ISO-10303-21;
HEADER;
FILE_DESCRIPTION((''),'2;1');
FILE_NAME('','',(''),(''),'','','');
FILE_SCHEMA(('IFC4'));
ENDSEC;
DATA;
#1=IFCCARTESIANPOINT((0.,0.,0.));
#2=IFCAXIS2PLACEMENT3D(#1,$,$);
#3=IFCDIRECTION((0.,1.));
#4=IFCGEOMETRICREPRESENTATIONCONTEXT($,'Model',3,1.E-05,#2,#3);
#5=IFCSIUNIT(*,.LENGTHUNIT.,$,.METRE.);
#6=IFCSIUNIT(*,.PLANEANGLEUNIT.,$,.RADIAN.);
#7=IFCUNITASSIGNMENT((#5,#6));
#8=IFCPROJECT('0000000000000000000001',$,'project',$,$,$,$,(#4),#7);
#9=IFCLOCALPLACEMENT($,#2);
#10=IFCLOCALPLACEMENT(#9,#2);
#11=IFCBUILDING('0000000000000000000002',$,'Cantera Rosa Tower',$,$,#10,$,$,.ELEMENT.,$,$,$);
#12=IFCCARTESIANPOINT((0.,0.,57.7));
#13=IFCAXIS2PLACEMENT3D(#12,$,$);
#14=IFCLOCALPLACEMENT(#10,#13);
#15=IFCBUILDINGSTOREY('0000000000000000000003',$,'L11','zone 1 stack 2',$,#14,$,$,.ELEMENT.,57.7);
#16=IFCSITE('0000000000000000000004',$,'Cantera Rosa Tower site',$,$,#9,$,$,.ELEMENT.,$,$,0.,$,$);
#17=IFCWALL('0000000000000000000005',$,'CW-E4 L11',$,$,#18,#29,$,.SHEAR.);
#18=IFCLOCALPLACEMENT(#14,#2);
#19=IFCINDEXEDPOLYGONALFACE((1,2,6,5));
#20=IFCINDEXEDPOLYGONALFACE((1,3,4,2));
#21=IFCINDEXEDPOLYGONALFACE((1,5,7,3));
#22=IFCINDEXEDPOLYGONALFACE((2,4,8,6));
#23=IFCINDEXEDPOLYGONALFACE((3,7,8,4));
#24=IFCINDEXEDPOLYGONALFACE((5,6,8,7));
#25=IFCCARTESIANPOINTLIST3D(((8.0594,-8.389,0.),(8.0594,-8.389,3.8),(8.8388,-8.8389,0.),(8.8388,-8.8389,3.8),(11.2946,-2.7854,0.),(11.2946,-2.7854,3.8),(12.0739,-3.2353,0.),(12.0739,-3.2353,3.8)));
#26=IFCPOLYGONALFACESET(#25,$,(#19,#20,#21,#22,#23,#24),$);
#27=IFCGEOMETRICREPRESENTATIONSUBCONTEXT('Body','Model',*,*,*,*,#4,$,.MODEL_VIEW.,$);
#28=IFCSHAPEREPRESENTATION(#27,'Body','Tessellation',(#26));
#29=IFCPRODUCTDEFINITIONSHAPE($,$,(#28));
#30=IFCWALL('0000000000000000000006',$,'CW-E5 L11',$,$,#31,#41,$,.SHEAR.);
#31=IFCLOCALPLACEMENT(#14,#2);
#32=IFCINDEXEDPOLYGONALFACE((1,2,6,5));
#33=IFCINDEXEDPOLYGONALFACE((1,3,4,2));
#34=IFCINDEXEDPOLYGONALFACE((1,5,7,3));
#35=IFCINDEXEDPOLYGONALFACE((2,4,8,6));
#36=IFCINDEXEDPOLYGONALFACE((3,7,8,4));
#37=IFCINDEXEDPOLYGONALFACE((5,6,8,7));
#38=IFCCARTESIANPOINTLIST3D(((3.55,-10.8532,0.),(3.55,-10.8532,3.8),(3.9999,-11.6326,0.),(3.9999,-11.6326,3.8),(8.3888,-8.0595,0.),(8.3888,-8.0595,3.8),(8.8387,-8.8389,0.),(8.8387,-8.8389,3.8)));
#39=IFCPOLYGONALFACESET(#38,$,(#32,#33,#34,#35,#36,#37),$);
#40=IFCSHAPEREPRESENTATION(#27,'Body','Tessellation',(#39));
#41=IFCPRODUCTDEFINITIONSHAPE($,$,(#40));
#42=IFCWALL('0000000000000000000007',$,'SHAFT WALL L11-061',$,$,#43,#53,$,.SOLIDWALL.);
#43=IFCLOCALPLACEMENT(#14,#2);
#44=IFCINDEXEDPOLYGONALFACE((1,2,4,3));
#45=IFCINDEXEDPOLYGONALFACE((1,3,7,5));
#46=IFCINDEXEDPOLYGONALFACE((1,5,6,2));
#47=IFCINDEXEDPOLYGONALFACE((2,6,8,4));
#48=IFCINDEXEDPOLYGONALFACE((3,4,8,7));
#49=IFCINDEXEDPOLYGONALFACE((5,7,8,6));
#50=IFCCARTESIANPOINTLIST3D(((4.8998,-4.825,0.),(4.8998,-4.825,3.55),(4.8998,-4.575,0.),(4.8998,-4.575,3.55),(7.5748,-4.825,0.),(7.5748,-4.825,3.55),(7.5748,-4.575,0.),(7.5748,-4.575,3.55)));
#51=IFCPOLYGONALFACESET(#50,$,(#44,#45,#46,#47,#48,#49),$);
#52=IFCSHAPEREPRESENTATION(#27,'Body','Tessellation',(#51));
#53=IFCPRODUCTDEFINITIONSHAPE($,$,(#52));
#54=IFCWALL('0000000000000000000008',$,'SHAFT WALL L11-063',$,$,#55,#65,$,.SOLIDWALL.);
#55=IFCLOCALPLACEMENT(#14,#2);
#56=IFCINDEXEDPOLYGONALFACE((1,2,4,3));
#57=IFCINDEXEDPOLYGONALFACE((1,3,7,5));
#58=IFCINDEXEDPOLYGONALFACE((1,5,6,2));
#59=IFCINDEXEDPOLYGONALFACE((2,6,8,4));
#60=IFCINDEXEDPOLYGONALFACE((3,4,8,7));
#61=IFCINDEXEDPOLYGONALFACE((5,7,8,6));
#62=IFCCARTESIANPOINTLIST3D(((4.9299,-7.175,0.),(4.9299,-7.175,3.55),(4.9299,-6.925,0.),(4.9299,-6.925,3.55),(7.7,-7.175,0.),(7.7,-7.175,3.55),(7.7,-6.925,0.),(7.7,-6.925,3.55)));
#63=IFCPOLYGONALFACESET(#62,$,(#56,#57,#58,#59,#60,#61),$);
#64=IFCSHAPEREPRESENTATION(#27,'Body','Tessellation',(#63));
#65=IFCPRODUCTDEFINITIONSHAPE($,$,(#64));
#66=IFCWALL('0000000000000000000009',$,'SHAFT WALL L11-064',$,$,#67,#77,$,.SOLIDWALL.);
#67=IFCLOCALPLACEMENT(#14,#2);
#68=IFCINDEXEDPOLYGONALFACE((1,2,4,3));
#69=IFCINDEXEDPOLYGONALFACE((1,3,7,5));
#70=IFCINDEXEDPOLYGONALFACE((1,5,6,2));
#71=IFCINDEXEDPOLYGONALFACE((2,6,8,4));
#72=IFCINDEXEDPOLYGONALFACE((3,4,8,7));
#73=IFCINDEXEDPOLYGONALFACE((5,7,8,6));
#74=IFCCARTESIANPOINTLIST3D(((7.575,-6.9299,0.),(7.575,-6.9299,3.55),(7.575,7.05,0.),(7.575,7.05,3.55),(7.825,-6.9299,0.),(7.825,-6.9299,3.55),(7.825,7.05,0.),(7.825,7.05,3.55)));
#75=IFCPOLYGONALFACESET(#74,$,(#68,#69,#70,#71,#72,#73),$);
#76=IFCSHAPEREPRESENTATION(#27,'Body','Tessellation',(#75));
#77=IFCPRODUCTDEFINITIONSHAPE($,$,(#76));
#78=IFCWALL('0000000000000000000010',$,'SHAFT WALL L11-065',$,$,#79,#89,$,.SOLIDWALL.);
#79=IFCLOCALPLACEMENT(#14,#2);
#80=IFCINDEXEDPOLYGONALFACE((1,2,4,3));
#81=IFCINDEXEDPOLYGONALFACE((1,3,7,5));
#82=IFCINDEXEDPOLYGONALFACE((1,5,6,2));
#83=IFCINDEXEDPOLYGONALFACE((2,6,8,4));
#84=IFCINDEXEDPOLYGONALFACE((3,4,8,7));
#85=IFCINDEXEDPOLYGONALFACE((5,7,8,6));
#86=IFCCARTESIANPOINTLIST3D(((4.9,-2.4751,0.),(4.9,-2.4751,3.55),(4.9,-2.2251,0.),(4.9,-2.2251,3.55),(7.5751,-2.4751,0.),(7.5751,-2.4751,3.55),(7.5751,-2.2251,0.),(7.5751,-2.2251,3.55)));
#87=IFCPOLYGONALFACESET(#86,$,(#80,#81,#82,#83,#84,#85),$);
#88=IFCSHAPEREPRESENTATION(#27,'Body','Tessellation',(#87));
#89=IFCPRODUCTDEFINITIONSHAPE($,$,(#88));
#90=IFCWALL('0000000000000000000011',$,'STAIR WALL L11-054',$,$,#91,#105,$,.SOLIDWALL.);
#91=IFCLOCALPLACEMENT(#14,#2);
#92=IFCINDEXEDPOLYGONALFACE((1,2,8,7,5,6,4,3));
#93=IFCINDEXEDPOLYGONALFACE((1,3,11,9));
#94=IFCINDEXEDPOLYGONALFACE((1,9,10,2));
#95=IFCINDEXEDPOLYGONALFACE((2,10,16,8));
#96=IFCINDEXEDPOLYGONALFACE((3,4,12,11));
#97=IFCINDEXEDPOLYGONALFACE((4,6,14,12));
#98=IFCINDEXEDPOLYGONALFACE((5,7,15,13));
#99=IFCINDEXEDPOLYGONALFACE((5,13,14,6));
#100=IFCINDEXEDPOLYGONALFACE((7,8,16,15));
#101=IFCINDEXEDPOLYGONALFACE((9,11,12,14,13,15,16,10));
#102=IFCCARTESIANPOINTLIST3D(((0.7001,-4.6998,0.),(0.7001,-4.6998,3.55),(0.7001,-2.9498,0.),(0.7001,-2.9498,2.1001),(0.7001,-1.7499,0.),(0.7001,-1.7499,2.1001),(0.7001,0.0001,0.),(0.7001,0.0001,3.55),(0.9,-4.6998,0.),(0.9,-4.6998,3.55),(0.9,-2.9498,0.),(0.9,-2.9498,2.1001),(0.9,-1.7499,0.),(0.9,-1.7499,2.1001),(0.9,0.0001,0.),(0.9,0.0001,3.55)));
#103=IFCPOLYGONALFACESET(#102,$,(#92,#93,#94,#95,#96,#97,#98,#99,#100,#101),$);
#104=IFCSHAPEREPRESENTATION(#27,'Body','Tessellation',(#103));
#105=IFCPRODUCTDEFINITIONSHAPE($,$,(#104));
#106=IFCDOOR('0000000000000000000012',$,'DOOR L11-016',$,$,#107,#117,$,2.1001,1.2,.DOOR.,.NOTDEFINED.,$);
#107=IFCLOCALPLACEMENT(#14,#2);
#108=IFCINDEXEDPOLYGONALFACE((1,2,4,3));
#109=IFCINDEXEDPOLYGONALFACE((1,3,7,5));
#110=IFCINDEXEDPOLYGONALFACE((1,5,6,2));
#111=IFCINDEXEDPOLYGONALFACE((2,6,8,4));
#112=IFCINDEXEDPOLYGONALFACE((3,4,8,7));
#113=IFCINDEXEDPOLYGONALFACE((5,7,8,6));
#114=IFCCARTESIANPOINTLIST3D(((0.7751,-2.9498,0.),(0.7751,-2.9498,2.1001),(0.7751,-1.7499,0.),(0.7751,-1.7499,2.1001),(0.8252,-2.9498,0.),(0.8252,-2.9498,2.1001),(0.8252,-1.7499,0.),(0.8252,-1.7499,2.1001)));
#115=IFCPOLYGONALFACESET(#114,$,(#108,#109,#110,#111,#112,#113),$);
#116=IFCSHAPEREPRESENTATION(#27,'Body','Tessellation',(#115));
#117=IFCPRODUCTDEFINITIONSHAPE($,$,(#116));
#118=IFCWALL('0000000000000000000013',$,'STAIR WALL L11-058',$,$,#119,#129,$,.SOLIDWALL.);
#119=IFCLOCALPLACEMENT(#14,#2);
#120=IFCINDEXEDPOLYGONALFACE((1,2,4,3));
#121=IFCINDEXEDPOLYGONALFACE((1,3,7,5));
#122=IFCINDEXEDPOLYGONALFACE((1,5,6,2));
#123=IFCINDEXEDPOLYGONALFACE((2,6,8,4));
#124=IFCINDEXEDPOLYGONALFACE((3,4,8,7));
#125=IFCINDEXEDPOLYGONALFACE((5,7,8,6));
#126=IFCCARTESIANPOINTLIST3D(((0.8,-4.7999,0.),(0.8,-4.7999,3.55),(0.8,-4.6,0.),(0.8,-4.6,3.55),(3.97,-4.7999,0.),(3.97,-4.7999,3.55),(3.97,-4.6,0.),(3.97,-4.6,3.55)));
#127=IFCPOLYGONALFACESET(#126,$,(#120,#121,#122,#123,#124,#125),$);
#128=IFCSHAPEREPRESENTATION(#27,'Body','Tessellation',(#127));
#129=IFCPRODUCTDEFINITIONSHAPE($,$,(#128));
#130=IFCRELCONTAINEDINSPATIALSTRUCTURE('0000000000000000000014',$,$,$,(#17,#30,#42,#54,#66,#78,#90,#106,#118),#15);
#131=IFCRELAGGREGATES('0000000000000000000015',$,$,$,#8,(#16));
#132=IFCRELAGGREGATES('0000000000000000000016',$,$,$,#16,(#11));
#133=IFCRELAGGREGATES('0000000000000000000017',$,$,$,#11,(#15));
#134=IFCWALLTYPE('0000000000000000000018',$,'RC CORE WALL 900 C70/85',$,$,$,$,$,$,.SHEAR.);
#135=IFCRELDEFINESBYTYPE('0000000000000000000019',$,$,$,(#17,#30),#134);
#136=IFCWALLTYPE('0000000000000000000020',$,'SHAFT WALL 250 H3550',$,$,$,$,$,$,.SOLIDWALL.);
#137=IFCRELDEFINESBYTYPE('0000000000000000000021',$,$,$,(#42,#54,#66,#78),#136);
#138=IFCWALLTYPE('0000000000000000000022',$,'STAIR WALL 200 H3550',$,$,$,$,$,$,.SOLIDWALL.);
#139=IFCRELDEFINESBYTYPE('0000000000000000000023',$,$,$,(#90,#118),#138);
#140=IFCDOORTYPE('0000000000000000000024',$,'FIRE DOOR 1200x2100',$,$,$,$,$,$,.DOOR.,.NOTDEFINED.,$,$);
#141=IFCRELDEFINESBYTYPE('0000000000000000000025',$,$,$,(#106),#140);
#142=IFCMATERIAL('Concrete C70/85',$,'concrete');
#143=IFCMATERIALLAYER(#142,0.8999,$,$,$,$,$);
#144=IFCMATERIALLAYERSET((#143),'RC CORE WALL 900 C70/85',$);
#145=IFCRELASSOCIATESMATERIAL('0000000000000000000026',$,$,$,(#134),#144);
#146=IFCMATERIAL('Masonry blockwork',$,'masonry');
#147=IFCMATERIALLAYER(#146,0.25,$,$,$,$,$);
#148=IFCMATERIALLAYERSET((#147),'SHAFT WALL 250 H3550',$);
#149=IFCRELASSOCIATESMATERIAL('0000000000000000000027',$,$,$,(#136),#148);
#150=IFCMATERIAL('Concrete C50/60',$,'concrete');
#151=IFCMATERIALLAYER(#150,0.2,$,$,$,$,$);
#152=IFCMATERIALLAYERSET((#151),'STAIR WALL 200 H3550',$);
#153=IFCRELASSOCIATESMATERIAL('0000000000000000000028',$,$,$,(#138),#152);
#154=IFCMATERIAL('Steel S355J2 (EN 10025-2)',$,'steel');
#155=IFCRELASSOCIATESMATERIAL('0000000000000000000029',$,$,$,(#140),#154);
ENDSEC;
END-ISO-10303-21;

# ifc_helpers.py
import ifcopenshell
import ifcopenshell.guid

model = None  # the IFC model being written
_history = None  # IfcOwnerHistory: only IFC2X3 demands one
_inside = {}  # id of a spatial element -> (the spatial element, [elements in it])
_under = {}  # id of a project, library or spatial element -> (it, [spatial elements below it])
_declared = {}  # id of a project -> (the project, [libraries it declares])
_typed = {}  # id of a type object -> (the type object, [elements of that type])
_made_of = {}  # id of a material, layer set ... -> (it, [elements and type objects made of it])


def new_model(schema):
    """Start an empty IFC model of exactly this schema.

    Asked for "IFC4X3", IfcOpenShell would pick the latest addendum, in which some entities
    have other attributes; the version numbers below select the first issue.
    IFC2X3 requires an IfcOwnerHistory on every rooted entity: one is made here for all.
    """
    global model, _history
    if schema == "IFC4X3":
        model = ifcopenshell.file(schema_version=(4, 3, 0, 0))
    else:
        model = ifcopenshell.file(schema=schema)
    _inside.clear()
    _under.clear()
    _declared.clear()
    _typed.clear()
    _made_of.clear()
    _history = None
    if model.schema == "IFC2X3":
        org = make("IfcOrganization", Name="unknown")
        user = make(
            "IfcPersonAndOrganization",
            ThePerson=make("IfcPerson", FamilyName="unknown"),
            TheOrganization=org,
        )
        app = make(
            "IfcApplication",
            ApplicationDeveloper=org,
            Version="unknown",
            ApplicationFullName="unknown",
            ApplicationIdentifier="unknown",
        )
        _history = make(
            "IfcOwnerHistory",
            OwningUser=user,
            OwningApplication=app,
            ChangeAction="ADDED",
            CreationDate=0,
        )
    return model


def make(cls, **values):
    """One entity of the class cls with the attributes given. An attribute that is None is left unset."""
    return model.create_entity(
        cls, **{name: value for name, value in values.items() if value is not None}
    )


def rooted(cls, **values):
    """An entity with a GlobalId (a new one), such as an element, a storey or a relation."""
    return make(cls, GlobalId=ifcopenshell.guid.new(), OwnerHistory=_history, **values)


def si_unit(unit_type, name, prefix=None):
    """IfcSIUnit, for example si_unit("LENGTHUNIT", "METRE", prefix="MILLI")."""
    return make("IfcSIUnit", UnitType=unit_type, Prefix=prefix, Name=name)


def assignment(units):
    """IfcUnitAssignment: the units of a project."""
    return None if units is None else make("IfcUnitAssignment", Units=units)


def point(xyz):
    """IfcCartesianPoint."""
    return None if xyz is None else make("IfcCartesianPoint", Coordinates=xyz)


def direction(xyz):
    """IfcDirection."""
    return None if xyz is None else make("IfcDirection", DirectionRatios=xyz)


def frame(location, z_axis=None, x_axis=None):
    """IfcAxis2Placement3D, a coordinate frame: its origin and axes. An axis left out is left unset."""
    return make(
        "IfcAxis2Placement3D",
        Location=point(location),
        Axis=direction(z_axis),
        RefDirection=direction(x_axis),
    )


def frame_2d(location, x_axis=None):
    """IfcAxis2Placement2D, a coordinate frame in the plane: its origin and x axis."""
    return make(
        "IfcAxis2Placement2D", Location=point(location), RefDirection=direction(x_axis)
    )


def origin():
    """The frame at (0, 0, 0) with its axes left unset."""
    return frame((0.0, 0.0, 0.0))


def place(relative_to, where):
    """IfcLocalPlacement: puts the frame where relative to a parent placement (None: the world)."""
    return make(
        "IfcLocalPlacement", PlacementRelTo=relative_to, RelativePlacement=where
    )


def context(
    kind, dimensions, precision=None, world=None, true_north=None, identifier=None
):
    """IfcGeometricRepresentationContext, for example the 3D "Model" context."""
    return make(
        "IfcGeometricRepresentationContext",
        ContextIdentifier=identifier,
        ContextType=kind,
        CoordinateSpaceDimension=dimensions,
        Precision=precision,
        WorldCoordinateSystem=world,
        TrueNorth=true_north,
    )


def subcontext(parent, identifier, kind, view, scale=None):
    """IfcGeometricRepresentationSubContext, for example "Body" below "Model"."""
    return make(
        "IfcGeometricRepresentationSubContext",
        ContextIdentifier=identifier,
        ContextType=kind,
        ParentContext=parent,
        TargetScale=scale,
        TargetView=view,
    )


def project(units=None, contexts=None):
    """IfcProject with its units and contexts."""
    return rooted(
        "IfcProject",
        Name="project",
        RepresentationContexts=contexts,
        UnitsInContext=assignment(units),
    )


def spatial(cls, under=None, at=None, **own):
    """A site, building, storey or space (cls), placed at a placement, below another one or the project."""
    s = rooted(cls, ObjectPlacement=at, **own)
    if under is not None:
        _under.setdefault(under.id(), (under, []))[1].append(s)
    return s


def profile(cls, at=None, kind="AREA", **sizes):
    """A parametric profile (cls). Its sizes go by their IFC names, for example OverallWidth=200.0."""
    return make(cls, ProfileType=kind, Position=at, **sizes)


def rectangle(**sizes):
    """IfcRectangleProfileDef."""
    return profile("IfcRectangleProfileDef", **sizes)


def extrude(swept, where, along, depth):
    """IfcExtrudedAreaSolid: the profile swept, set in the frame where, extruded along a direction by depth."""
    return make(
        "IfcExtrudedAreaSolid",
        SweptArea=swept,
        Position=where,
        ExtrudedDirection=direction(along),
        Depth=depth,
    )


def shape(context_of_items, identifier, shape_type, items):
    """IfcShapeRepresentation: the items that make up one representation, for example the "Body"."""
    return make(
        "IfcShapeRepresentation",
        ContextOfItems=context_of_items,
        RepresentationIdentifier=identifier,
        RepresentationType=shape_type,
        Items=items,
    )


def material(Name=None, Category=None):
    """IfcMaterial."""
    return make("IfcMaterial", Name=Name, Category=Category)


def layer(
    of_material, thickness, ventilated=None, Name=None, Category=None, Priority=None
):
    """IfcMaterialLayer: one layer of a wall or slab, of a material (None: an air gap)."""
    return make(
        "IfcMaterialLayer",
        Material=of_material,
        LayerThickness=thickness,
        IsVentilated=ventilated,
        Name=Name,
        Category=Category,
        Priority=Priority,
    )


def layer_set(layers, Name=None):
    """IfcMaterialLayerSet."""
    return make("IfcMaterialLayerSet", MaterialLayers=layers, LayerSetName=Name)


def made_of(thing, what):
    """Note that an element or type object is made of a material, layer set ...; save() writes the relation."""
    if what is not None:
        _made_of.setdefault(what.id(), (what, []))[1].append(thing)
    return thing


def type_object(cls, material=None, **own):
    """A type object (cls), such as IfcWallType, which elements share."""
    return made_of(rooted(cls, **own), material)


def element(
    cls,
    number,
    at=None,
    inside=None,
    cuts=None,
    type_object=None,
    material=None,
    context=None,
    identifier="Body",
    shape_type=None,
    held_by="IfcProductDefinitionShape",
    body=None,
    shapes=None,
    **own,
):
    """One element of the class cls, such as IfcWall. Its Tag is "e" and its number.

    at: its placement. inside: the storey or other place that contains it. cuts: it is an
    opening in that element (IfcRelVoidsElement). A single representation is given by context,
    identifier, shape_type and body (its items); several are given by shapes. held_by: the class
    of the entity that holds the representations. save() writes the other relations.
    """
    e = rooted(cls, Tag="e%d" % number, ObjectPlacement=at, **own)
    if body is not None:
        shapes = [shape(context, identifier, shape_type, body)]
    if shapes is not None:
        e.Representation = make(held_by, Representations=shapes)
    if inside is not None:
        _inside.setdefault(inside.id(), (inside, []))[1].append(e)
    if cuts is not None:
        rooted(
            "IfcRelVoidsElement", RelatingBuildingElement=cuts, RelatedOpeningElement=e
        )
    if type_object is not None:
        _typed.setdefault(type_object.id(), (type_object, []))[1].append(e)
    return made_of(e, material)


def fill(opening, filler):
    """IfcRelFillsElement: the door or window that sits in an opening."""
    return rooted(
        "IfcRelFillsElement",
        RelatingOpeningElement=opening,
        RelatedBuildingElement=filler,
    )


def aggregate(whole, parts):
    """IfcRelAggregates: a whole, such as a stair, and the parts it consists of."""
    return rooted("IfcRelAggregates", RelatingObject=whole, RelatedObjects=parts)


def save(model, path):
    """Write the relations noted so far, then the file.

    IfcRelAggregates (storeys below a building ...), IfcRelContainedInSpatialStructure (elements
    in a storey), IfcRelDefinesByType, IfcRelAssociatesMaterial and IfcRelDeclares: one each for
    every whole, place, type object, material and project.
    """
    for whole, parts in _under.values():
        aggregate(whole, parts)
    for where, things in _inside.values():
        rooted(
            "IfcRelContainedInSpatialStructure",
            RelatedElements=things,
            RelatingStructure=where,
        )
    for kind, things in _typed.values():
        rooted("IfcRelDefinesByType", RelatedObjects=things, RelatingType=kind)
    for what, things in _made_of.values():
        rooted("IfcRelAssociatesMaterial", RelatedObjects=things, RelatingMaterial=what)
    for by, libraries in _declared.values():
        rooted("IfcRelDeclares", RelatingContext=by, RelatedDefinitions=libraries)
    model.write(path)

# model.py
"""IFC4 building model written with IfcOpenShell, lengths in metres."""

from ifc_helpers import new_model, si_unit, direction, frame, frame_2d, origin, place, context, subcontext, project, spatial, rectangle, extrude, material, layer, layer_set, type_object, element, fill, save


model = new_model("IFC4")

# Units and contexts
model_context = context("Model", 3, precision=1e-05, world=origin(), true_north=direction((0.0, 1.0)))
body_context = subcontext(model_context, "Body", "Model", "MODEL_VIEW")
ifc_project = project(units=[si_unit("LENGTHUNIT", "METRE"), si_unit("PLANEANGLEUNIT", "RADIAN")], contexts=[model_context])

# Site, building, storey
site_placement = place(None, origin())
site = spatial("IfcSite", under=ifc_project, at=site_placement, Name="Cantera Rosa Tower site", CompositionType="ELEMENT", RefElevation=0.0)
building_placement = place(site_placement, origin())
building = spatial("IfcBuilding", under=site, at=building_placement, Name="Cantera Rosa Tower", CompositionType="ELEMENT")
storey_placement = place(building_placement, frame((0.0, 0.0, 57.7)))
storey = spatial("IfcBuildingStorey", under=building, at=storey_placement, Name="L11", Description="zone 1 stack 2", CompositionType="ELEMENT", Elevation=57.7)

# Walls
ifc_material_1 = material(Name="Concrete C70/85", Category="concrete")
ifc_layer_1 = layer(ifc_material_1, 0.8999)
ifc_layer_set_1 = layer_set([ifc_layer_1], Name="RC CORE WALL 900 C70/85")
wall_type_1 = type_object("IfcWallType", Name="RC CORE WALL 900 C70/85", PredefinedType="SHEAR", material=ifc_layer_set_1)
wall_1_placement = place(storey_placement, frame((11.6843, -3.0103, 0.0), z_axis=(0.0, 0.0, 1.0), x_axis=(-0.49999, -0.866031, 0.0)))
element("IfcWall", 1, at=wall_1_placement, inside=storey, type_object=wall_type_1, Name="CW-E4 L11", PredefinedType="SHEAR", context=body_context, shape_type="SweptSolid", body=[
    extrude(rectangle(XDim=6.4705, YDim=0.8999, at=frame_2d((3.2354, 0.0))), origin(), (0.0, 0.0, 1.0), 3.8),
])
wall_2_placement = place(storey_placement, frame((8.6138, -8.4492, 0.0), z_axis=(0.0, 0.0, 1.0), x_axis=(-0.866027, -0.499997, 0.0)))
element("IfcWall", 2, at=wall_2_placement, inside=storey, type_object=wall_type_1, Name="CW-E5 L11", PredefinedType="SHEAR", context=body_context, shape_type="SweptSolid", body=[
    extrude(rectangle(XDim=5.5874, YDim=0.8999, at=frame_2d((2.7937, 0.0))), origin(), (0.0, 0.0, 1.0), 3.8),
])
ifc_material_2 = material(Name="Masonry blockwork", Category="masonry")
ifc_layer_2 = layer(ifc_material_2, 0.25)
ifc_layer_set_2 = layer_set([ifc_layer_2], Name="SHAFT WALL 250 H3550")
wall_type_2 = type_object("IfcWallType", Name="SHAFT WALL 250 H3550", PredefinedType="SOLIDWALL", material=ifc_layer_set_2)
wall_3_placement = place(storey_placement, frame((4.8999, -4.7, 0.0), z_axis=(0.0, 0.0, 1.0), x_axis=(1.0, 0.0, 0.0)))
element("IfcWall", 3, at=wall_3_placement, inside=storey, type_object=wall_type_2, Name="SHAFT WALL L11-061", PredefinedType="SOLIDWALL", context=body_context, shape_type="SweptSolid", body=[
    extrude(rectangle(XDim=2.675, YDim=0.25, at=frame_2d((1.3374, 0.0))), origin(), (0.0, 0.0, 1.0), 3.55),
])
wall_4_placement = place(storey_placement, frame((4.9299, -7.05, 0.0), z_axis=(0.0, 0.0, 1.0), x_axis=(1.0, 0.0, 0.0)))
element("IfcWall", 4, at=wall_4_placement, inside=storey, type_object=wall_type_2, Name="SHAFT WALL L11-063", PredefinedType="SOLIDWALL", context=body_context, shape_type="SweptSolid", body=[
    extrude(rectangle(XDim=2.77, YDim=0.25, at=frame_2d((1.385, 0.0))), origin(), (0.0, 0.0, 1.0), 3.55),
])
wall_5_placement = place(storey_placement, frame((7.7, -6.9299, 0.0), z_axis=(0.0, 0.0, 1.0), x_axis=(0.0, 1.0, 0.0)))
element("IfcWall", 5, at=wall_5_placement, inside=storey, type_object=wall_type_2, Name="SHAFT WALL L11-064", PredefinedType="SOLIDWALL", context=body_context, shape_type="SweptSolid", body=[
    extrude(rectangle(XDim=13.98, YDim=0.25, at=frame_2d((6.99, 0.0))), origin(), (0.0, 0.0, 1.0), 3.55),
])
wall_6_placement = place(storey_placement, frame((7.575, -2.3501, 0.0), z_axis=(0.0, 0.0, 1.0), x_axis=(-1.0, 0.0, 0.0)))
element("IfcWall", 6, at=wall_6_placement, inside=storey, type_object=wall_type_2, Name="SHAFT WALL L11-065", PredefinedType="SOLIDWALL", context=body_context, shape_type="SweptSolid", body=[
    extrude(rectangle(XDim=2.675, YDim=0.25, at=frame_2d((1.3374, 0.0))), origin(), (0.0, 0.0, 1.0), 3.55),
])

# Wall, opening, door
ifc_material_3 = material(Name="Concrete C50/60", Category="concrete")
ifc_layer_3 = layer(ifc_material_3, 0.2)
ifc_layer_set_3 = layer_set([ifc_layer_3], Name="STAIR WALL 200 H3550")
wall_type_3 = type_object("IfcWallType", Name="STAIR WALL 200 H3550", PredefinedType="SOLIDWALL", material=ifc_layer_set_3)
wall_7_placement = place(storey_placement, frame((0.8, -4.7, 0.0), z_axis=(0.0, 0.0, 1.0), x_axis=(0.0, 1.0, 0.0)))
wall_7 = element("IfcWall", 7, at=wall_7_placement, inside=storey, type_object=wall_type_3, Name="STAIR WALL L11-054", PredefinedType="SOLIDWALL", context=body_context, shape_type="SweptSolid", body=[
    extrude(rectangle(XDim=4.7, YDim=0.2, at=frame_2d((2.3501, 0.0))), origin(), (0.0, 0.0, 1.0), 3.55),
])
opening_1_placement = place(wall_7_placement, frame((1.75, 0.0, 0.0)))
opening_1 = element("IfcOpeningElement", 8, at=opening_1_placement, cuts=wall_7, PredefinedType="OPENING", context=body_context, shape_type="SweptSolid", body=[
    extrude(rectangle(XDim=1.2, YDim=2.1001, at=frame_2d((0.6001, 1.05))), frame((0.0, 0.1099, 0.0), z_axis=(0.0, -1.0, 0.0), x_axis=(1.0, 0.0, 0.0)), (0.0, 0.0, 1.0), 0.22),
])
ifc_material_4 = material(Name="Steel S355J2 (EN 10025-2)", Category="steel")
door_type_1 = type_object("IfcDoorType", Name="FIRE DOOR 1200x2100", OperationType="NOTDEFINED", PredefinedType="DOOR", material=ifc_material_4)
door_1_placement = place(opening_1_placement, origin())
door_1 = element("IfcDoor", 9, at=door_1_placement, inside=storey, type_object=door_type_1, Name="DOOR L11-016", OperationType="NOTDEFINED", OverallHeight=2.1001, OverallWidth=1.2, PredefinedType="DOOR", context=body_context, shape_type="SweptSolid", body=[
    extrude(rectangle(XDim=1.2, YDim=2.1001, at=frame_2d((0.6001, 1.05))), frame((0.0, 0.0249, 0.0), z_axis=(0.0, -1.0, 0.0), x_axis=(1.0, 0.0, 0.0)), (0.0, 0.0, 1.0), 0.05),
])
fill(opening_1, door_1)

# Wall
wall_8_placement = place(storey_placement, frame((3.97, -4.7, 0.0), z_axis=(0.0, 0.0, 1.0), x_axis=(-1.0, 0.0, 0.0)))
element("IfcWall", 10, at=wall_8_placement, inside=storey, type_object=wall_type_3, Name="STAIR WALL L11-058", PredefinedType="SOLIDWALL", context=body_context, shape_type="SweptSolid", body=[
    extrude(rectangle(XDim=3.1699, YDim=0.2, at=frame_2d((1.585, 0.0))), origin(), (0.0, 0.0, 1.0), 3.55),
])

save(model, "model.ifc")
